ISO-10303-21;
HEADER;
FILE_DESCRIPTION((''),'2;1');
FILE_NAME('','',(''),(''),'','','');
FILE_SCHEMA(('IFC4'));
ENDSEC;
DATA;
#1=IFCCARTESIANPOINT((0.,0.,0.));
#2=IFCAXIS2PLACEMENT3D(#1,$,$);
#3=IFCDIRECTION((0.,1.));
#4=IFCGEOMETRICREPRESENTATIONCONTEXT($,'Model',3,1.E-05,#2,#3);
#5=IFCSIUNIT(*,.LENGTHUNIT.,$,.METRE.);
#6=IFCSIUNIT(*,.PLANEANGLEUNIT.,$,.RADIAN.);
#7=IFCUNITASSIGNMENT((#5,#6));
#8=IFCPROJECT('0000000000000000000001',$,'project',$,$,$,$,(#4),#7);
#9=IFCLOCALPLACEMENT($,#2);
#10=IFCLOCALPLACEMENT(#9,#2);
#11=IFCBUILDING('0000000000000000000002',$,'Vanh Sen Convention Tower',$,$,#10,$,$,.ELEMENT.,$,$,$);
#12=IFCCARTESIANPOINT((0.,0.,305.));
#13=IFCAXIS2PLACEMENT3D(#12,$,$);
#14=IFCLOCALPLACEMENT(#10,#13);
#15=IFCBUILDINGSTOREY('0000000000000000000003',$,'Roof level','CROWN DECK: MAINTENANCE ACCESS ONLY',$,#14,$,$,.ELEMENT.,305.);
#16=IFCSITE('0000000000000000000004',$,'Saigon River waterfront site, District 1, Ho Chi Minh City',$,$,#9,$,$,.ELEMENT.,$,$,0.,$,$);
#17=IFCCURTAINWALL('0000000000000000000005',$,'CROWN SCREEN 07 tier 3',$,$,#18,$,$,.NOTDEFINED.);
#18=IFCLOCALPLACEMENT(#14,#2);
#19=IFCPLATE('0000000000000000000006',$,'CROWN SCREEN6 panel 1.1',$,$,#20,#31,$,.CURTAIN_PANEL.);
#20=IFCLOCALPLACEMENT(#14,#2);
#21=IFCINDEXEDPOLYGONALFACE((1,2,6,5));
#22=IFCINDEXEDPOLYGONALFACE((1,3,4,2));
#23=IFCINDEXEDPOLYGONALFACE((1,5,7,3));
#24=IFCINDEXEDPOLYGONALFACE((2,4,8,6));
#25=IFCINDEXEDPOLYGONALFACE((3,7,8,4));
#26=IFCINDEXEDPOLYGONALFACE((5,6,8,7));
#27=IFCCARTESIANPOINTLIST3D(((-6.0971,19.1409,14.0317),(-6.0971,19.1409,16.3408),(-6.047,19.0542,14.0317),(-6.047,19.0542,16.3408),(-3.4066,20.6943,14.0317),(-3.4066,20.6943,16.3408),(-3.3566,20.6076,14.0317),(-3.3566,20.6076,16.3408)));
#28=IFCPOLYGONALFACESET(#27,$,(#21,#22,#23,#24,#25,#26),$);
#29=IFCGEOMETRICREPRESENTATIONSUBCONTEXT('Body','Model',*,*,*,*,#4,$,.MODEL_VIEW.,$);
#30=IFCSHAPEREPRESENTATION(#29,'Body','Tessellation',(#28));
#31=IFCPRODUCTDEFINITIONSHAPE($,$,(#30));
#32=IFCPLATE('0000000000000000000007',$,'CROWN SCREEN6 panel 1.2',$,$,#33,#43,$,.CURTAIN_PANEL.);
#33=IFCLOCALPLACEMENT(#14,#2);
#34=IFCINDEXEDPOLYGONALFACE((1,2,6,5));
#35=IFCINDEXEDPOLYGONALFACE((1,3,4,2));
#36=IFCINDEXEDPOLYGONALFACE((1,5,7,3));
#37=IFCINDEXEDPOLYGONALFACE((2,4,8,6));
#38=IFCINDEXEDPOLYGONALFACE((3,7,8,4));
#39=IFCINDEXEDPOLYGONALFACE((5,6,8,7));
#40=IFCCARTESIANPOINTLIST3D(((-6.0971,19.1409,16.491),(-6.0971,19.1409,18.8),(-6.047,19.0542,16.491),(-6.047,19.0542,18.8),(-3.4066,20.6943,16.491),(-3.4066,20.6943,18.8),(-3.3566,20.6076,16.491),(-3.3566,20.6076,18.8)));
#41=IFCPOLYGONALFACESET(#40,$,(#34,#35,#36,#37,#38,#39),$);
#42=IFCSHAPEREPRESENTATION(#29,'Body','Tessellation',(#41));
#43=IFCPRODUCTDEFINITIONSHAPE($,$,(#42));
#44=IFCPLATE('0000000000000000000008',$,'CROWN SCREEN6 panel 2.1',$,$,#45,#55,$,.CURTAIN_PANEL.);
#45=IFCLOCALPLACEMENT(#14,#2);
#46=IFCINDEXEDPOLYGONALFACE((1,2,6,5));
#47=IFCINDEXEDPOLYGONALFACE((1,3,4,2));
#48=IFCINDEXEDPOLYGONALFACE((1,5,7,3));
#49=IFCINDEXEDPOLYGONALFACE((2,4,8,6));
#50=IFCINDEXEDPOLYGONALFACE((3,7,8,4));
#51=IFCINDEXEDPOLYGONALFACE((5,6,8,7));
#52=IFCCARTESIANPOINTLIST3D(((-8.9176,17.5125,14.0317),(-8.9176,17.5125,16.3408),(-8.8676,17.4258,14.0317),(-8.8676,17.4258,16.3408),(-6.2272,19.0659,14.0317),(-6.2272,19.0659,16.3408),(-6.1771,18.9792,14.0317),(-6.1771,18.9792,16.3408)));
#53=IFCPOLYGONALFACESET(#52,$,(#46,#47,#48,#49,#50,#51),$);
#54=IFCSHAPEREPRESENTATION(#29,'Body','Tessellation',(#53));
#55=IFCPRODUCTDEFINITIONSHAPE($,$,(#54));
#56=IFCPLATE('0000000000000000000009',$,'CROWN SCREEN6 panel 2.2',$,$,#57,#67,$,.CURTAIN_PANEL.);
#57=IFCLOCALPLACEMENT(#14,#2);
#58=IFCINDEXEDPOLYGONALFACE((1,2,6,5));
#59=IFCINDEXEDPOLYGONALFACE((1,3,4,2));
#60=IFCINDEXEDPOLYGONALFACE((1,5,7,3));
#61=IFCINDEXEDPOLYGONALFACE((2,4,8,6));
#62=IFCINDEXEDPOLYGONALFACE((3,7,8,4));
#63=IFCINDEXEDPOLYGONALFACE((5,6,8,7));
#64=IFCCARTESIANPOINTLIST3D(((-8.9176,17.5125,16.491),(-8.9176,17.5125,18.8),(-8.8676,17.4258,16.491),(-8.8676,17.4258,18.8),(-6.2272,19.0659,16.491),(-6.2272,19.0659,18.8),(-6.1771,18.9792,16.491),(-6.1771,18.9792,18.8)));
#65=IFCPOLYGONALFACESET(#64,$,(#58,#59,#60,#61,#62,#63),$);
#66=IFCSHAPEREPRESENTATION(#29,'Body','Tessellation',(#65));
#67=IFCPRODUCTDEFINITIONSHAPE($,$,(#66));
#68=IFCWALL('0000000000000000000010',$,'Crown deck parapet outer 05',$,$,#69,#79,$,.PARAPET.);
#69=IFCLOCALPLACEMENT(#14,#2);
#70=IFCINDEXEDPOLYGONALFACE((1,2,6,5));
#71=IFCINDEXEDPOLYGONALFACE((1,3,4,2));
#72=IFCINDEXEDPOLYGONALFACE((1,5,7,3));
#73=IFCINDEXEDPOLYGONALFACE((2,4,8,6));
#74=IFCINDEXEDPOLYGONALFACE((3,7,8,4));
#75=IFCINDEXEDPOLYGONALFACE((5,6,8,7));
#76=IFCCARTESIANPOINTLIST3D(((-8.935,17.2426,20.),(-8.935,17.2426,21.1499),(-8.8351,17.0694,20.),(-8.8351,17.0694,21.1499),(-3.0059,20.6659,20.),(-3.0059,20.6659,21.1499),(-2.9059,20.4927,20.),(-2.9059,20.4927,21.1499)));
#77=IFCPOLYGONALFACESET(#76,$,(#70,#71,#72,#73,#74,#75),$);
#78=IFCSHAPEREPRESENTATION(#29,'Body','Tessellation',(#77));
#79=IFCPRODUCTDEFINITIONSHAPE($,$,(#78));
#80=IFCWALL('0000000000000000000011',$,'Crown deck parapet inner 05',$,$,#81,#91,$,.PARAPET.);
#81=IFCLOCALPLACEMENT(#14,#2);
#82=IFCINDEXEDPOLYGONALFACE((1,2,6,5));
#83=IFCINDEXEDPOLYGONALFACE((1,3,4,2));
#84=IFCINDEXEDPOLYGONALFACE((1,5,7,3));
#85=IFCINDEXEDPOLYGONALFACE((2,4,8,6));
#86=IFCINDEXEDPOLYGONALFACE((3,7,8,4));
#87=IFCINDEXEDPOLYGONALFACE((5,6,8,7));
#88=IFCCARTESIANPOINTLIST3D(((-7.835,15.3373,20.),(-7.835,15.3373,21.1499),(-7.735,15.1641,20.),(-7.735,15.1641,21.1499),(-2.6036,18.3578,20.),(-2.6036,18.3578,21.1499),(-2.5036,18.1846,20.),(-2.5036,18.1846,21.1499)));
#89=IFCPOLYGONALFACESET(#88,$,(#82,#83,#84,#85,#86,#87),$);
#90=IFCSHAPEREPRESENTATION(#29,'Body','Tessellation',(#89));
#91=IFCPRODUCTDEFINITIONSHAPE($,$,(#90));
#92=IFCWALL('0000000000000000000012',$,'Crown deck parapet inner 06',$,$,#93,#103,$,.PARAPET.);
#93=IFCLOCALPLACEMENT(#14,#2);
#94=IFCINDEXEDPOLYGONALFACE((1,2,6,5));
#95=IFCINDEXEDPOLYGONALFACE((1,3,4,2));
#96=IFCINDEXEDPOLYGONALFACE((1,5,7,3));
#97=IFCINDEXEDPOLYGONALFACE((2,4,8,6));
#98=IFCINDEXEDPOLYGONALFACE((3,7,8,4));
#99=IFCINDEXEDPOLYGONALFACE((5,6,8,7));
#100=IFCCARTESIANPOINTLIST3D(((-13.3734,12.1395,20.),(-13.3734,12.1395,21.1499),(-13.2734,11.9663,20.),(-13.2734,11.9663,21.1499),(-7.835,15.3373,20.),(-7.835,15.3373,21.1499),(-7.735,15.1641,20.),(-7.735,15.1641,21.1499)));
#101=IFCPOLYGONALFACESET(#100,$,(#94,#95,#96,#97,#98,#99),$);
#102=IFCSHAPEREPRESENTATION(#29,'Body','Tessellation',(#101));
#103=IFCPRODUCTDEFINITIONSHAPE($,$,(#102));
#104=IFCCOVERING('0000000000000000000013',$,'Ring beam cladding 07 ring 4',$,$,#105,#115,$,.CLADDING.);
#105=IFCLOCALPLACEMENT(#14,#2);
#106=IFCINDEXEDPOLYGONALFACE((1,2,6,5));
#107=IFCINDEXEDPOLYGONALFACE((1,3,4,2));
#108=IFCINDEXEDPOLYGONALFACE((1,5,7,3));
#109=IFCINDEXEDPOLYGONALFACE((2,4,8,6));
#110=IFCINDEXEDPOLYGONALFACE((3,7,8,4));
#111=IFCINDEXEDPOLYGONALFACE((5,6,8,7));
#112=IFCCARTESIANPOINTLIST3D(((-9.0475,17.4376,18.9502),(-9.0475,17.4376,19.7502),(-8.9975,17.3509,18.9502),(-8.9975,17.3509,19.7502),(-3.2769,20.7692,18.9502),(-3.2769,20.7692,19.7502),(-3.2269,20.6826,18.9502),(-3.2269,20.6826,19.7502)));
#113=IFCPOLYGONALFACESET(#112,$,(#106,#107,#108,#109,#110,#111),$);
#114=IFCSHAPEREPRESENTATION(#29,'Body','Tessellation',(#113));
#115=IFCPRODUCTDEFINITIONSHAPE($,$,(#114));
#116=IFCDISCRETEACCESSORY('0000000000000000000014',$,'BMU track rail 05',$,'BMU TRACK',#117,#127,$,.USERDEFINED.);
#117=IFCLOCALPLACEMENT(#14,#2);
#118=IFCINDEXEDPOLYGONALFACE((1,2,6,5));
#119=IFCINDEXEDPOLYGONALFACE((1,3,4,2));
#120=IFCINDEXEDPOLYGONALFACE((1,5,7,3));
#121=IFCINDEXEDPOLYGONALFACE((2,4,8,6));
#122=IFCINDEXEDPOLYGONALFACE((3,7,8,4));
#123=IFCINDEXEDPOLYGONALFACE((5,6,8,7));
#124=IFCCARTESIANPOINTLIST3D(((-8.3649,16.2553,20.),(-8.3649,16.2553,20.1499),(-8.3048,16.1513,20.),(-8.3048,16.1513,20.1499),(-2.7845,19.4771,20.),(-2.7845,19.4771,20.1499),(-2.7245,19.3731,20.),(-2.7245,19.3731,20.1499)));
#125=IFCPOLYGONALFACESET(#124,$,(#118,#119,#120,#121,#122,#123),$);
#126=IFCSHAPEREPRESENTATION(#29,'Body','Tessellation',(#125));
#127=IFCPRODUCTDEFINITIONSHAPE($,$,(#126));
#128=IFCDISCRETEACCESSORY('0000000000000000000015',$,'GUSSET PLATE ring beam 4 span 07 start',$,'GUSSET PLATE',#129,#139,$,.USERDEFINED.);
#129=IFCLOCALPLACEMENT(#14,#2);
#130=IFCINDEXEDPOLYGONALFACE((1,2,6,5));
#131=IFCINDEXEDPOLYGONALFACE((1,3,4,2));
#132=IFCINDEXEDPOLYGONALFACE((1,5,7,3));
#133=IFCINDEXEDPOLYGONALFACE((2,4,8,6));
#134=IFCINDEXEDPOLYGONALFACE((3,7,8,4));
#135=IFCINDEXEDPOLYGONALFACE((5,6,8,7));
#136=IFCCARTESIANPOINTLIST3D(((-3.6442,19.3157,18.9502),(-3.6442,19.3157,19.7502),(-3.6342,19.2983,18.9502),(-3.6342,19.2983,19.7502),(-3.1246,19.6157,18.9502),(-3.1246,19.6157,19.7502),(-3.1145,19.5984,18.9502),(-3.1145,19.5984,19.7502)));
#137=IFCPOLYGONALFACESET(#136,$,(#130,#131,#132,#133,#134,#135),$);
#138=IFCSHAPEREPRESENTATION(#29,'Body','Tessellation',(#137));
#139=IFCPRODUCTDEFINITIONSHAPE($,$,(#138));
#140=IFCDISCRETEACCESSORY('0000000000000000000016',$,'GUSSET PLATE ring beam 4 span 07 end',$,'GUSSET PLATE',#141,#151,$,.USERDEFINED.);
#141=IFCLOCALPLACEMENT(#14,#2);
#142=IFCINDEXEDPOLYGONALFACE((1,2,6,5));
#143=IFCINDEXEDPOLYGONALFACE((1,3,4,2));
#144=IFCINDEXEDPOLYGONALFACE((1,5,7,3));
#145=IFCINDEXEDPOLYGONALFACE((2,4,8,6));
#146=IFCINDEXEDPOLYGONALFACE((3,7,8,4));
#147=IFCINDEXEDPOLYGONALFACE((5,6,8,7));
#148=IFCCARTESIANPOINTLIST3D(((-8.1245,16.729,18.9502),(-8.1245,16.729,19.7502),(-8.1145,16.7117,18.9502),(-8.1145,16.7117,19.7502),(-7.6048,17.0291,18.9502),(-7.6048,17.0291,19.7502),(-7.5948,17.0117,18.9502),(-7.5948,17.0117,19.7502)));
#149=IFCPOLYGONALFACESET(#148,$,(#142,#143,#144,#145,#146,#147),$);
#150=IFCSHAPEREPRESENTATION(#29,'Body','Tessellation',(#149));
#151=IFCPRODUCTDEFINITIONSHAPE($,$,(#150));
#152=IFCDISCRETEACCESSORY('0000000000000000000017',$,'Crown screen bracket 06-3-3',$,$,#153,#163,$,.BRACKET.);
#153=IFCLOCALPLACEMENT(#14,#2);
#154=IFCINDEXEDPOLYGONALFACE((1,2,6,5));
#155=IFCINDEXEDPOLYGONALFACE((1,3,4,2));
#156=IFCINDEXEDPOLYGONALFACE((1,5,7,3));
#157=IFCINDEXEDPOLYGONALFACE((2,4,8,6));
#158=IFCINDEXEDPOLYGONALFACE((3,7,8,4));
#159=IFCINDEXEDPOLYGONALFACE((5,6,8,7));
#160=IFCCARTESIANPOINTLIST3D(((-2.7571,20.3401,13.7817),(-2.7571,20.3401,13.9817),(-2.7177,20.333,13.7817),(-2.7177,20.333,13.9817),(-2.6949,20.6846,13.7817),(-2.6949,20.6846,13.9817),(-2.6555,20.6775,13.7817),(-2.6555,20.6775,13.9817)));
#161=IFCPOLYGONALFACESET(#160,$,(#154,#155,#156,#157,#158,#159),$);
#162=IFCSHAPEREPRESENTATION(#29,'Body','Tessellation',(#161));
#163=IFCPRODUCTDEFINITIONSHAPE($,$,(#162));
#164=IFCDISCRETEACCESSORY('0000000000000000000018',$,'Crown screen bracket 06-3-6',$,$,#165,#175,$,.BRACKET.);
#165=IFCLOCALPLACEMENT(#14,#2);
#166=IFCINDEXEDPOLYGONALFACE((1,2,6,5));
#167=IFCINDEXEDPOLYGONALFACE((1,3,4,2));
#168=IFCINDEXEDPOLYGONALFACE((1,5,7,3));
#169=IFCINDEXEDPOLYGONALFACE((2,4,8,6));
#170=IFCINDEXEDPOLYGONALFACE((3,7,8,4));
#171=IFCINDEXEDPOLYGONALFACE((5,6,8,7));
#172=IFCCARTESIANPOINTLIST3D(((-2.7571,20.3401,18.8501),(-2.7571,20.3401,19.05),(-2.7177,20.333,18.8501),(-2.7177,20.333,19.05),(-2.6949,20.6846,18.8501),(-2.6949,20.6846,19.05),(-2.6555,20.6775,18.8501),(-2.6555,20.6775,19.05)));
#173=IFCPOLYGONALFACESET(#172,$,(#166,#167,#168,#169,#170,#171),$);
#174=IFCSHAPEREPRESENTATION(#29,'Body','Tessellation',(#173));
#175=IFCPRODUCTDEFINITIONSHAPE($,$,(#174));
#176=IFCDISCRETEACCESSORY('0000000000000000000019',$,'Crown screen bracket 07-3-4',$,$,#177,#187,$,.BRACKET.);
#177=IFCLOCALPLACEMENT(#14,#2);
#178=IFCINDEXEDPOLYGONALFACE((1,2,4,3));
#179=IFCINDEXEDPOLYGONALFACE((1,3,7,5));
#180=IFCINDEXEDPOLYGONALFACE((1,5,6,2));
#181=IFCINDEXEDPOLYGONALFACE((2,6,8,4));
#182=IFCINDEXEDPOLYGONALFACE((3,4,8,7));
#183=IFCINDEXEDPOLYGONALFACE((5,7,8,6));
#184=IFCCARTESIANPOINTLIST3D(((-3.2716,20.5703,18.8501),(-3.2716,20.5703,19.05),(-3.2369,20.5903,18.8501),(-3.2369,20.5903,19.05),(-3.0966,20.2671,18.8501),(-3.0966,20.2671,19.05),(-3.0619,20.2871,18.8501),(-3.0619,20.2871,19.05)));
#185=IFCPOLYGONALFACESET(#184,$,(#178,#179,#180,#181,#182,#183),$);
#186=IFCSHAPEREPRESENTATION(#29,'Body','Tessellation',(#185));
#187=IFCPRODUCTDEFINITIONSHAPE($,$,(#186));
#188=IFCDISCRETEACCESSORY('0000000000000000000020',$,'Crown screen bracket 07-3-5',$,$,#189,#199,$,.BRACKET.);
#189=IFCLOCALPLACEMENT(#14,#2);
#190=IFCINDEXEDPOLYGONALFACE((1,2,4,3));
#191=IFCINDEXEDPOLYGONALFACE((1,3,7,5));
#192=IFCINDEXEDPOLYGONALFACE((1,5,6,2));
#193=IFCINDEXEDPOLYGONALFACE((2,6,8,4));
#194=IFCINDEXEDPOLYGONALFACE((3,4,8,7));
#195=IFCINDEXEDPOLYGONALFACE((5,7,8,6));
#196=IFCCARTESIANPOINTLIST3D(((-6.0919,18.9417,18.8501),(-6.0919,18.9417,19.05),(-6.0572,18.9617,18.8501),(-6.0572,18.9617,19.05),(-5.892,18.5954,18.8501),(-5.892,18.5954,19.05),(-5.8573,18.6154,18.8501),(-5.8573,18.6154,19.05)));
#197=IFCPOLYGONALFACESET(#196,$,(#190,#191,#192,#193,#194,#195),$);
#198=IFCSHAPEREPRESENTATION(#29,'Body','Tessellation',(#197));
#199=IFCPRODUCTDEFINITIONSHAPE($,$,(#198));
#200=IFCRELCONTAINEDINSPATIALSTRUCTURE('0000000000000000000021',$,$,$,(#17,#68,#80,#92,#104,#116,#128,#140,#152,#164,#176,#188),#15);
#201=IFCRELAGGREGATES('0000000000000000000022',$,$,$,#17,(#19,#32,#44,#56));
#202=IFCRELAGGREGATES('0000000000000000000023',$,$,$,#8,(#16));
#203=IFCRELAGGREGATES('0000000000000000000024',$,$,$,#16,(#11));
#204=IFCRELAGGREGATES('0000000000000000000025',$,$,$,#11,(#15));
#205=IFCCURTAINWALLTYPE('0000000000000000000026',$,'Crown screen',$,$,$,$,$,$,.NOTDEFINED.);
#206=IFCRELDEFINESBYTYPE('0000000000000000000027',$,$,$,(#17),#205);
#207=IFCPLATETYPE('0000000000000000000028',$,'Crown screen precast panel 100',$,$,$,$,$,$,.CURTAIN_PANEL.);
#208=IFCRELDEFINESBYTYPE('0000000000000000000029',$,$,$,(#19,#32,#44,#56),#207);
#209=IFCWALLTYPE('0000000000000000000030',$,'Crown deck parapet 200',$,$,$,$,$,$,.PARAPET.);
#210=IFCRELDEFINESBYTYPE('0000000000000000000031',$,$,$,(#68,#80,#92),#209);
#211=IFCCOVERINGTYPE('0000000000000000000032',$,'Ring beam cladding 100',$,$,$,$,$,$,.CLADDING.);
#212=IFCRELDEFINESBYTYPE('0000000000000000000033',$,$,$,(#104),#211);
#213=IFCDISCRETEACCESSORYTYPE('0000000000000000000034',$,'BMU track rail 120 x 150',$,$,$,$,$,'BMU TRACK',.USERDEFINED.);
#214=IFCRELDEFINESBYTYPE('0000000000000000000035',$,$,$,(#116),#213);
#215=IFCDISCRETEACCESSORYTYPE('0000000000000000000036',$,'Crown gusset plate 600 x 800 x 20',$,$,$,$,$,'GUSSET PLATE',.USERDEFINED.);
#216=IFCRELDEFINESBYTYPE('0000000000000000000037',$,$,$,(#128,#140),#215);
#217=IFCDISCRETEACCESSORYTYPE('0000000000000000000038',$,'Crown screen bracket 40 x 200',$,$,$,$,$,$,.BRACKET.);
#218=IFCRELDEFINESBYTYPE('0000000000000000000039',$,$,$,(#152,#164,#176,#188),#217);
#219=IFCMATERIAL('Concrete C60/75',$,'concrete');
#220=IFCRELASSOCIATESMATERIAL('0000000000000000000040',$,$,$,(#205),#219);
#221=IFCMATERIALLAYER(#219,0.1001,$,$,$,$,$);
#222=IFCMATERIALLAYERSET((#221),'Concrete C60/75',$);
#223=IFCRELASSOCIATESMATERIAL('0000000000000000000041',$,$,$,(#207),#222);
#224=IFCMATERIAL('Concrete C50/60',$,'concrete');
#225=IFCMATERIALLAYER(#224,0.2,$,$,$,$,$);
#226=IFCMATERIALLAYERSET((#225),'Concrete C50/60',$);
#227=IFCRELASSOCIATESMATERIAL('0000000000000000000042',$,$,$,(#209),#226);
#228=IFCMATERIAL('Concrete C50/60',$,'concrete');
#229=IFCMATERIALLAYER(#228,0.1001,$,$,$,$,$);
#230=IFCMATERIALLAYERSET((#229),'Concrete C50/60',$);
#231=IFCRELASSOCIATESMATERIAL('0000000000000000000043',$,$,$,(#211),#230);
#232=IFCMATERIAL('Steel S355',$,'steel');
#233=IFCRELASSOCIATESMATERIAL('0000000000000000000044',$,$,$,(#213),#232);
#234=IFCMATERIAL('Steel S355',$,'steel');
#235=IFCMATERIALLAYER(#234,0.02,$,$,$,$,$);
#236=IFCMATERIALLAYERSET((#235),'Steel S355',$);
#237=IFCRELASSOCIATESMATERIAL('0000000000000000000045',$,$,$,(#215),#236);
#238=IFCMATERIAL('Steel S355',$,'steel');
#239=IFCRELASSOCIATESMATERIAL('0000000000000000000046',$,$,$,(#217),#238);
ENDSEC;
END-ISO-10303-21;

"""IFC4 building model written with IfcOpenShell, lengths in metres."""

from ifc_helpers import new_model, si_unit, direction, frame, frame_2d, origin, origin_2d, place, context, subcontext, project, spatial, rectangle, extrude, material, layer, layer_set, type_object, element, aggregate, save


model = new_model("IFC4")

# Units and contexts
model_context = context("Model", 3, precision=1e-05, world=origin(), true_north=direction((0.0, 1.0)))
body_context = subcontext(model_context, "Body", "Model", "MODEL_VIEW")
ifc_project = project(units=[si_unit("LENGTHUNIT", "METRE"), si_unit("PLANEANGLEUNIT", "RADIAN")], contexts=[model_context])

# Site, building, storey
site_placement = place(None, origin())
site = spatial("IfcSite", under=ifc_project, at=site_placement, Name="Saigon River waterfront site, District 1, Ho Chi Minh City", CompositionType="ELEMENT", RefElevation=0.0)
building_placement = place(site_placement, origin())
building = spatial("IfcBuilding", under=site, at=building_placement, Name="Vanh Sen Convention Tower", CompositionType="ELEMENT")
storey_placement = place(building_placement, frame((0.0, 0.0, 305.0)))
storey = spatial("IfcBuildingStorey", under=building, at=storey_placement, Name="Roof level", Description="CROWN DECK: MAINTENANCE ACCESS ONLY", CompositionType="ELEMENT", Elevation=305.0)

# Shared definitions
ifc_material_1 = material(Name="Concrete C60/75", Category="concrete")
curtain_wall_type = type_object("IfcCurtainWallType", Name="Crown screen", PredefinedType="NOTDEFINED", material=ifc_material_1)

# Curtain wall, plates
curtain_wall_1_placement = place(storey_placement, origin())
curtain_wall_1 = element("IfcCurtainWall", 1, at=curtain_wall_1_placement, inside=storey, type_object=curtain_wall_type, Name="CROWN SCREEN 07 tier 3", PredefinedType="NOTDEFINED")
ifc_layer_1 = layer(ifc_material_1, 0.1001)
ifc_layer_set_1 = layer_set([ifc_layer_1], Name="Concrete C60/75")
plate_type = type_object("IfcPlateType", Name="Crown screen precast panel 100", PredefinedType="CURTAIN_PANEL", material=ifc_layer_set_1)
plate_1_placement = place(storey_placement, frame((-4.7268, 19.8743, 14.0317), z_axis=(0.0, 0.0, 1.0), x_axis=(-0.866023, -0.500005, 0.0)))
plate_1 = element("IfcPlate", 2, at=plate_1_placement, type_object=plate_type, Name="CROWN SCREEN6 panel 1.1", PredefinedType="CURTAIN_PANEL", context=body_context, shape_type="SweptSolid", body=[
    extrude(rectangle(XDim=3.1067, YDim=0.1001, at=origin_2d()), origin(), (0.0, 0.0, 1.0), 2.3091),
])
plate_2_placement = place(storey_placement, frame((-4.7268, 19.8743, 16.491), z_axis=(0.0, 0.0, 1.0), x_axis=(-0.866023, -0.500005, 0.0)))
plate_2 = element("IfcPlate", 3, at=plate_2_placement, type_object=plate_type, Name="CROWN SCREEN6 panel 1.2", PredefinedType="CURTAIN_PANEL", context=body_context, shape_type="SweptSolid", body=[
    extrude(rectangle(XDim=3.1067, YDim=0.1001, at=origin_2d()), origin(), (0.0, 0.0, 1.0), 2.3091),
])
plate_3_placement = place(storey_placement, frame((-7.5474, 18.2458, 14.0317), z_axis=(0.0, 0.0, 1.0), x_axis=(-0.866023, -0.500005, 0.0)))
plate_3 = element("IfcPlate", 4, at=plate_3_placement, type_object=plate_type, Name="CROWN SCREEN6 panel 2.1", PredefinedType="CURTAIN_PANEL", context=body_context, shape_type="SweptSolid", body=[
    extrude(rectangle(XDim=3.1067, YDim=0.1001, at=origin_2d()), origin(), (0.0, 0.0, 1.0), 2.3091),
])
plate_4_placement = place(storey_placement, frame((-7.5474, 18.2458, 16.491), z_axis=(0.0, 0.0, 1.0), x_axis=(-0.866023, -0.500005, 0.0)))
plate_4 = element("IfcPlate", 5, at=plate_4_placement, type_object=plate_type, Name="CROWN SCREEN6 panel 2.2", PredefinedType="CURTAIN_PANEL", context=body_context, shape_type="SweptSolid", body=[
    extrude(rectangle(XDim=3.1067, YDim=0.1001, at=origin_2d()), origin(), (0.0, 0.0, 1.0), 2.3091),
])
aggregate(curtain_wall_1, [plate_1, plate_2, plate_3, plate_4])

# Walls
ifc_material_2 = material(Name="Concrete C50/60", Category="concrete")
ifc_layer_2 = layer(ifc_material_2, 0.2)
ifc_layer_set_2 = layer_set([ifc_layer_2], Name="Concrete C50/60")
wall_type = type_object("IfcWallType", Name="Crown deck parapet 200", PredefinedType="PARAPET", material=ifc_layer_set_2)
wall_1_placement = place(storey_placement, frame((-2.9558, 20.5793, 20.0), z_axis=(0.0, 0.0, 1.0), x_axis=(-0.866018, -0.500013, 0.0)))
element("IfcWall", 6, at=wall_1_placement, inside=storey, type_object=wall_type, Name="Crown deck parapet outer 05", PredefinedType="PARAPET", context=body_context, shape_type="SweptSolid", body=[
    extrude(rectangle(XDim=6.8464, YDim=0.2, at=frame_2d((3.4233, 0.0))), origin(), (0.0, 0.0, 1.0), 1.1499),
])
wall_2_placement = place(storey_placement, frame((-2.5535, 18.2712, 20.0), z_axis=(0.0, 0.0, 1.0), x_axis=(-0.866016, -0.500016, 0.0)))
element("IfcWall", 7, at=wall_2_placement, inside=storey, type_object=wall_type, Name="Crown deck parapet inner 05", PredefinedType="PARAPET", context=body_context, shape_type="SweptSolid", body=[
    extrude(rectangle(XDim=6.0408, YDim=0.2, at=frame_2d((3.0205, 0.0))), origin(), (0.0, 0.0, 1.0), 1.1499),
])
wall_3_placement = place(storey_placement, frame((-7.7849, 15.2507, 20.0), z_axis=(0.0, 0.0, 1.0), x_axis=(-0.866012, -0.500023, 0.0)))
element("IfcWall", 8, at=wall_3_placement, inside=storey, type_object=wall_type, Name="Crown deck parapet inner 06", PredefinedType="PARAPET", context=body_context, shape_type="SweptSolid", body=[
    extrude(rectangle(XDim=6.3953, YDim=0.2, at=frame_2d((3.1978, 0.0))), origin(), (0.0, 0.0, 1.0), 1.1499),
])

# Covering
ifc_material_3 = material(Name="Concrete C50/60", Category="concrete")
ifc_layer_3 = layer(ifc_material_3, 0.1001)
ifc_layer_set_3 = layer_set([ifc_layer_3], Name="Concrete C50/60")
covering_type = type_object("IfcCoveringType", Name="Ring beam cladding 100", PredefinedType="CLADDING", material=ifc_layer_set_3)
covering_placement = place(storey_placement, frame((-6.1372, 19.0601, 18.9502), z_axis=(0.0, 0.0, 1.0), x_axis=(-0.866023, -0.500005, 0.0)))
element("IfcCovering", 9, at=covering_placement, inside=storey, type_object=covering_type, Name="Ring beam cladding 07 ring 4", PredefinedType="CLADDING", context=body_context, shape_type="SweptSolid", body=[
    extrude(rectangle(XDim=6.6633, YDim=0.1001, at=origin_2d()), origin(), (0.0, 0.0, 1.0), 0.8),
])

# Discrete accessories
ifc_material_4 = material(Name="Steel S355", Category="steel")
discrete_accessory_type_1 = type_object("IfcDiscreteAccessoryType", Name="BMU track rail 120 x 150", ElementType="BMU TRACK", PredefinedType="USERDEFINED", material=ifc_material_4)
discrete_accessory_1_placement = place(storey_placement, frame((-5.5447, 17.8142, 20.0), z_axis=(0.0, 0.0, 1.0), x_axis=(-0.866025, -0.500002, 0.0)))
element("IfcDiscreteAccessory", 10, at=discrete_accessory_1_placement, inside=storey, type_object=discrete_accessory_type_1, Name="BMU track rail 05", ObjectType="BMU TRACK", PredefinedType="USERDEFINED", context=body_context, shape_type="SweptSolid", body=[
    extrude(rectangle(XDim=6.4436, YDim=0.1201, at=origin_2d()), origin(), (0.0, 0.0, 1.0), 0.1499),
])
ifc_material_5 = material(Name="Steel S355", Category="steel")
ifc_layer_4 = layer(ifc_material_5, 0.02)
ifc_layer_set_4 = layer_set([ifc_layer_4], Name="Steel S355")
discrete_accessory_type_2 = type_object("IfcDiscreteAccessoryType", Name="Crown gusset plate 600 x 800 x 20", ElementType="GUSSET PLATE", PredefinedType="USERDEFINED", material=ifc_layer_set_4)
for number, where, z_axis, x_axis, name in (
    (11, (-3.3794, 19.457, 18.9502), (0.0, 0.0, 1.0), (-0.866023, -0.500005, 0.0), "GUSSET PLATE ring beam 4 span 07 start"),
    (12, (-7.8596, 16.8704, 18.9502), (0.0, 0.0, 1.0), (0.866023, 0.500005, 0.0), "GUSSET PLATE ring beam 4 span 07 end"),
):
    element("IfcDiscreteAccessory", number, at=place(storey_placement, frame(where, z_axis=z_axis, x_axis=x_axis)), inside=storey, type_object=discrete_accessory_type_2, Name=name, ObjectType="GUSSET PLATE", PredefinedType="USERDEFINED", context=body_context, shape_type="SweptSolid", body=[
        extrude(rectangle(XDim=0.6001, YDim=0.02, at=origin_2d()), origin(), (0.0, 0.0, 1.0), 0.8),
    ])
ifc_material_6 = material(Name="Steel S355", Category="steel")
discrete_accessory_type_3 = type_object("IfcDiscreteAccessoryType", Name="Crown screen bracket 40 x 200", PredefinedType="BRACKET", material=ifc_material_6)
for number, where, z_axis, x_axis, name in (
    (13, (-2.7063, 20.5088, 13.7817), (0.0, 0.0, 1.0), (0.177495, 0.984122, 0.0), "Crown screen bracket 06-3-3"),
    (14, (-2.7063, 20.5088, 18.8501), (0.0, 0.0, 1.0), (0.177495, 0.984122, 0.0), "Crown screen bracket 06-3-6"),
    (15, (-3.1667, 20.4287, 18.8501), (0.0, 0.0, 1.0), (-0.500005, 0.866023, 0.0), "Crown screen bracket 07-3-4"),
):
    element("IfcDiscreteAccessory", number, at=place(storey_placement, frame(where, z_axis=z_axis, x_axis=x_axis)), inside=storey, type_object=discrete_accessory_type_3, Name=name, PredefinedType="BRACKET", context=body_context, shape_type="SweptSolid", body=[
        extrude(rectangle(XDim=0.3501, YDim=0.04, at=origin_2d()), origin(), (0.0, 0.0, 1.0), 0.2),
    ])
discrete_accessory_2_placement = place(storey_placement, frame((-5.9746, 18.7786, 18.8501), z_axis=(0.0, 0.0, 1.0), x_axis=(-0.500005, 0.866023, 0.0)))
element("IfcDiscreteAccessory", 16, at=discrete_accessory_2_placement, inside=storey, type_object=discrete_accessory_type_3, Name="Crown screen bracket 07-3-5", PredefinedType="BRACKET", context=body_context, shape_type="SweptSolid", body=[
    extrude(rectangle(XDim=0.3999, YDim=0.04, at=origin_2d()), origin(), (0.0, 0.0, 1.0), 0.2),
])

save(model, "model.ifc")
